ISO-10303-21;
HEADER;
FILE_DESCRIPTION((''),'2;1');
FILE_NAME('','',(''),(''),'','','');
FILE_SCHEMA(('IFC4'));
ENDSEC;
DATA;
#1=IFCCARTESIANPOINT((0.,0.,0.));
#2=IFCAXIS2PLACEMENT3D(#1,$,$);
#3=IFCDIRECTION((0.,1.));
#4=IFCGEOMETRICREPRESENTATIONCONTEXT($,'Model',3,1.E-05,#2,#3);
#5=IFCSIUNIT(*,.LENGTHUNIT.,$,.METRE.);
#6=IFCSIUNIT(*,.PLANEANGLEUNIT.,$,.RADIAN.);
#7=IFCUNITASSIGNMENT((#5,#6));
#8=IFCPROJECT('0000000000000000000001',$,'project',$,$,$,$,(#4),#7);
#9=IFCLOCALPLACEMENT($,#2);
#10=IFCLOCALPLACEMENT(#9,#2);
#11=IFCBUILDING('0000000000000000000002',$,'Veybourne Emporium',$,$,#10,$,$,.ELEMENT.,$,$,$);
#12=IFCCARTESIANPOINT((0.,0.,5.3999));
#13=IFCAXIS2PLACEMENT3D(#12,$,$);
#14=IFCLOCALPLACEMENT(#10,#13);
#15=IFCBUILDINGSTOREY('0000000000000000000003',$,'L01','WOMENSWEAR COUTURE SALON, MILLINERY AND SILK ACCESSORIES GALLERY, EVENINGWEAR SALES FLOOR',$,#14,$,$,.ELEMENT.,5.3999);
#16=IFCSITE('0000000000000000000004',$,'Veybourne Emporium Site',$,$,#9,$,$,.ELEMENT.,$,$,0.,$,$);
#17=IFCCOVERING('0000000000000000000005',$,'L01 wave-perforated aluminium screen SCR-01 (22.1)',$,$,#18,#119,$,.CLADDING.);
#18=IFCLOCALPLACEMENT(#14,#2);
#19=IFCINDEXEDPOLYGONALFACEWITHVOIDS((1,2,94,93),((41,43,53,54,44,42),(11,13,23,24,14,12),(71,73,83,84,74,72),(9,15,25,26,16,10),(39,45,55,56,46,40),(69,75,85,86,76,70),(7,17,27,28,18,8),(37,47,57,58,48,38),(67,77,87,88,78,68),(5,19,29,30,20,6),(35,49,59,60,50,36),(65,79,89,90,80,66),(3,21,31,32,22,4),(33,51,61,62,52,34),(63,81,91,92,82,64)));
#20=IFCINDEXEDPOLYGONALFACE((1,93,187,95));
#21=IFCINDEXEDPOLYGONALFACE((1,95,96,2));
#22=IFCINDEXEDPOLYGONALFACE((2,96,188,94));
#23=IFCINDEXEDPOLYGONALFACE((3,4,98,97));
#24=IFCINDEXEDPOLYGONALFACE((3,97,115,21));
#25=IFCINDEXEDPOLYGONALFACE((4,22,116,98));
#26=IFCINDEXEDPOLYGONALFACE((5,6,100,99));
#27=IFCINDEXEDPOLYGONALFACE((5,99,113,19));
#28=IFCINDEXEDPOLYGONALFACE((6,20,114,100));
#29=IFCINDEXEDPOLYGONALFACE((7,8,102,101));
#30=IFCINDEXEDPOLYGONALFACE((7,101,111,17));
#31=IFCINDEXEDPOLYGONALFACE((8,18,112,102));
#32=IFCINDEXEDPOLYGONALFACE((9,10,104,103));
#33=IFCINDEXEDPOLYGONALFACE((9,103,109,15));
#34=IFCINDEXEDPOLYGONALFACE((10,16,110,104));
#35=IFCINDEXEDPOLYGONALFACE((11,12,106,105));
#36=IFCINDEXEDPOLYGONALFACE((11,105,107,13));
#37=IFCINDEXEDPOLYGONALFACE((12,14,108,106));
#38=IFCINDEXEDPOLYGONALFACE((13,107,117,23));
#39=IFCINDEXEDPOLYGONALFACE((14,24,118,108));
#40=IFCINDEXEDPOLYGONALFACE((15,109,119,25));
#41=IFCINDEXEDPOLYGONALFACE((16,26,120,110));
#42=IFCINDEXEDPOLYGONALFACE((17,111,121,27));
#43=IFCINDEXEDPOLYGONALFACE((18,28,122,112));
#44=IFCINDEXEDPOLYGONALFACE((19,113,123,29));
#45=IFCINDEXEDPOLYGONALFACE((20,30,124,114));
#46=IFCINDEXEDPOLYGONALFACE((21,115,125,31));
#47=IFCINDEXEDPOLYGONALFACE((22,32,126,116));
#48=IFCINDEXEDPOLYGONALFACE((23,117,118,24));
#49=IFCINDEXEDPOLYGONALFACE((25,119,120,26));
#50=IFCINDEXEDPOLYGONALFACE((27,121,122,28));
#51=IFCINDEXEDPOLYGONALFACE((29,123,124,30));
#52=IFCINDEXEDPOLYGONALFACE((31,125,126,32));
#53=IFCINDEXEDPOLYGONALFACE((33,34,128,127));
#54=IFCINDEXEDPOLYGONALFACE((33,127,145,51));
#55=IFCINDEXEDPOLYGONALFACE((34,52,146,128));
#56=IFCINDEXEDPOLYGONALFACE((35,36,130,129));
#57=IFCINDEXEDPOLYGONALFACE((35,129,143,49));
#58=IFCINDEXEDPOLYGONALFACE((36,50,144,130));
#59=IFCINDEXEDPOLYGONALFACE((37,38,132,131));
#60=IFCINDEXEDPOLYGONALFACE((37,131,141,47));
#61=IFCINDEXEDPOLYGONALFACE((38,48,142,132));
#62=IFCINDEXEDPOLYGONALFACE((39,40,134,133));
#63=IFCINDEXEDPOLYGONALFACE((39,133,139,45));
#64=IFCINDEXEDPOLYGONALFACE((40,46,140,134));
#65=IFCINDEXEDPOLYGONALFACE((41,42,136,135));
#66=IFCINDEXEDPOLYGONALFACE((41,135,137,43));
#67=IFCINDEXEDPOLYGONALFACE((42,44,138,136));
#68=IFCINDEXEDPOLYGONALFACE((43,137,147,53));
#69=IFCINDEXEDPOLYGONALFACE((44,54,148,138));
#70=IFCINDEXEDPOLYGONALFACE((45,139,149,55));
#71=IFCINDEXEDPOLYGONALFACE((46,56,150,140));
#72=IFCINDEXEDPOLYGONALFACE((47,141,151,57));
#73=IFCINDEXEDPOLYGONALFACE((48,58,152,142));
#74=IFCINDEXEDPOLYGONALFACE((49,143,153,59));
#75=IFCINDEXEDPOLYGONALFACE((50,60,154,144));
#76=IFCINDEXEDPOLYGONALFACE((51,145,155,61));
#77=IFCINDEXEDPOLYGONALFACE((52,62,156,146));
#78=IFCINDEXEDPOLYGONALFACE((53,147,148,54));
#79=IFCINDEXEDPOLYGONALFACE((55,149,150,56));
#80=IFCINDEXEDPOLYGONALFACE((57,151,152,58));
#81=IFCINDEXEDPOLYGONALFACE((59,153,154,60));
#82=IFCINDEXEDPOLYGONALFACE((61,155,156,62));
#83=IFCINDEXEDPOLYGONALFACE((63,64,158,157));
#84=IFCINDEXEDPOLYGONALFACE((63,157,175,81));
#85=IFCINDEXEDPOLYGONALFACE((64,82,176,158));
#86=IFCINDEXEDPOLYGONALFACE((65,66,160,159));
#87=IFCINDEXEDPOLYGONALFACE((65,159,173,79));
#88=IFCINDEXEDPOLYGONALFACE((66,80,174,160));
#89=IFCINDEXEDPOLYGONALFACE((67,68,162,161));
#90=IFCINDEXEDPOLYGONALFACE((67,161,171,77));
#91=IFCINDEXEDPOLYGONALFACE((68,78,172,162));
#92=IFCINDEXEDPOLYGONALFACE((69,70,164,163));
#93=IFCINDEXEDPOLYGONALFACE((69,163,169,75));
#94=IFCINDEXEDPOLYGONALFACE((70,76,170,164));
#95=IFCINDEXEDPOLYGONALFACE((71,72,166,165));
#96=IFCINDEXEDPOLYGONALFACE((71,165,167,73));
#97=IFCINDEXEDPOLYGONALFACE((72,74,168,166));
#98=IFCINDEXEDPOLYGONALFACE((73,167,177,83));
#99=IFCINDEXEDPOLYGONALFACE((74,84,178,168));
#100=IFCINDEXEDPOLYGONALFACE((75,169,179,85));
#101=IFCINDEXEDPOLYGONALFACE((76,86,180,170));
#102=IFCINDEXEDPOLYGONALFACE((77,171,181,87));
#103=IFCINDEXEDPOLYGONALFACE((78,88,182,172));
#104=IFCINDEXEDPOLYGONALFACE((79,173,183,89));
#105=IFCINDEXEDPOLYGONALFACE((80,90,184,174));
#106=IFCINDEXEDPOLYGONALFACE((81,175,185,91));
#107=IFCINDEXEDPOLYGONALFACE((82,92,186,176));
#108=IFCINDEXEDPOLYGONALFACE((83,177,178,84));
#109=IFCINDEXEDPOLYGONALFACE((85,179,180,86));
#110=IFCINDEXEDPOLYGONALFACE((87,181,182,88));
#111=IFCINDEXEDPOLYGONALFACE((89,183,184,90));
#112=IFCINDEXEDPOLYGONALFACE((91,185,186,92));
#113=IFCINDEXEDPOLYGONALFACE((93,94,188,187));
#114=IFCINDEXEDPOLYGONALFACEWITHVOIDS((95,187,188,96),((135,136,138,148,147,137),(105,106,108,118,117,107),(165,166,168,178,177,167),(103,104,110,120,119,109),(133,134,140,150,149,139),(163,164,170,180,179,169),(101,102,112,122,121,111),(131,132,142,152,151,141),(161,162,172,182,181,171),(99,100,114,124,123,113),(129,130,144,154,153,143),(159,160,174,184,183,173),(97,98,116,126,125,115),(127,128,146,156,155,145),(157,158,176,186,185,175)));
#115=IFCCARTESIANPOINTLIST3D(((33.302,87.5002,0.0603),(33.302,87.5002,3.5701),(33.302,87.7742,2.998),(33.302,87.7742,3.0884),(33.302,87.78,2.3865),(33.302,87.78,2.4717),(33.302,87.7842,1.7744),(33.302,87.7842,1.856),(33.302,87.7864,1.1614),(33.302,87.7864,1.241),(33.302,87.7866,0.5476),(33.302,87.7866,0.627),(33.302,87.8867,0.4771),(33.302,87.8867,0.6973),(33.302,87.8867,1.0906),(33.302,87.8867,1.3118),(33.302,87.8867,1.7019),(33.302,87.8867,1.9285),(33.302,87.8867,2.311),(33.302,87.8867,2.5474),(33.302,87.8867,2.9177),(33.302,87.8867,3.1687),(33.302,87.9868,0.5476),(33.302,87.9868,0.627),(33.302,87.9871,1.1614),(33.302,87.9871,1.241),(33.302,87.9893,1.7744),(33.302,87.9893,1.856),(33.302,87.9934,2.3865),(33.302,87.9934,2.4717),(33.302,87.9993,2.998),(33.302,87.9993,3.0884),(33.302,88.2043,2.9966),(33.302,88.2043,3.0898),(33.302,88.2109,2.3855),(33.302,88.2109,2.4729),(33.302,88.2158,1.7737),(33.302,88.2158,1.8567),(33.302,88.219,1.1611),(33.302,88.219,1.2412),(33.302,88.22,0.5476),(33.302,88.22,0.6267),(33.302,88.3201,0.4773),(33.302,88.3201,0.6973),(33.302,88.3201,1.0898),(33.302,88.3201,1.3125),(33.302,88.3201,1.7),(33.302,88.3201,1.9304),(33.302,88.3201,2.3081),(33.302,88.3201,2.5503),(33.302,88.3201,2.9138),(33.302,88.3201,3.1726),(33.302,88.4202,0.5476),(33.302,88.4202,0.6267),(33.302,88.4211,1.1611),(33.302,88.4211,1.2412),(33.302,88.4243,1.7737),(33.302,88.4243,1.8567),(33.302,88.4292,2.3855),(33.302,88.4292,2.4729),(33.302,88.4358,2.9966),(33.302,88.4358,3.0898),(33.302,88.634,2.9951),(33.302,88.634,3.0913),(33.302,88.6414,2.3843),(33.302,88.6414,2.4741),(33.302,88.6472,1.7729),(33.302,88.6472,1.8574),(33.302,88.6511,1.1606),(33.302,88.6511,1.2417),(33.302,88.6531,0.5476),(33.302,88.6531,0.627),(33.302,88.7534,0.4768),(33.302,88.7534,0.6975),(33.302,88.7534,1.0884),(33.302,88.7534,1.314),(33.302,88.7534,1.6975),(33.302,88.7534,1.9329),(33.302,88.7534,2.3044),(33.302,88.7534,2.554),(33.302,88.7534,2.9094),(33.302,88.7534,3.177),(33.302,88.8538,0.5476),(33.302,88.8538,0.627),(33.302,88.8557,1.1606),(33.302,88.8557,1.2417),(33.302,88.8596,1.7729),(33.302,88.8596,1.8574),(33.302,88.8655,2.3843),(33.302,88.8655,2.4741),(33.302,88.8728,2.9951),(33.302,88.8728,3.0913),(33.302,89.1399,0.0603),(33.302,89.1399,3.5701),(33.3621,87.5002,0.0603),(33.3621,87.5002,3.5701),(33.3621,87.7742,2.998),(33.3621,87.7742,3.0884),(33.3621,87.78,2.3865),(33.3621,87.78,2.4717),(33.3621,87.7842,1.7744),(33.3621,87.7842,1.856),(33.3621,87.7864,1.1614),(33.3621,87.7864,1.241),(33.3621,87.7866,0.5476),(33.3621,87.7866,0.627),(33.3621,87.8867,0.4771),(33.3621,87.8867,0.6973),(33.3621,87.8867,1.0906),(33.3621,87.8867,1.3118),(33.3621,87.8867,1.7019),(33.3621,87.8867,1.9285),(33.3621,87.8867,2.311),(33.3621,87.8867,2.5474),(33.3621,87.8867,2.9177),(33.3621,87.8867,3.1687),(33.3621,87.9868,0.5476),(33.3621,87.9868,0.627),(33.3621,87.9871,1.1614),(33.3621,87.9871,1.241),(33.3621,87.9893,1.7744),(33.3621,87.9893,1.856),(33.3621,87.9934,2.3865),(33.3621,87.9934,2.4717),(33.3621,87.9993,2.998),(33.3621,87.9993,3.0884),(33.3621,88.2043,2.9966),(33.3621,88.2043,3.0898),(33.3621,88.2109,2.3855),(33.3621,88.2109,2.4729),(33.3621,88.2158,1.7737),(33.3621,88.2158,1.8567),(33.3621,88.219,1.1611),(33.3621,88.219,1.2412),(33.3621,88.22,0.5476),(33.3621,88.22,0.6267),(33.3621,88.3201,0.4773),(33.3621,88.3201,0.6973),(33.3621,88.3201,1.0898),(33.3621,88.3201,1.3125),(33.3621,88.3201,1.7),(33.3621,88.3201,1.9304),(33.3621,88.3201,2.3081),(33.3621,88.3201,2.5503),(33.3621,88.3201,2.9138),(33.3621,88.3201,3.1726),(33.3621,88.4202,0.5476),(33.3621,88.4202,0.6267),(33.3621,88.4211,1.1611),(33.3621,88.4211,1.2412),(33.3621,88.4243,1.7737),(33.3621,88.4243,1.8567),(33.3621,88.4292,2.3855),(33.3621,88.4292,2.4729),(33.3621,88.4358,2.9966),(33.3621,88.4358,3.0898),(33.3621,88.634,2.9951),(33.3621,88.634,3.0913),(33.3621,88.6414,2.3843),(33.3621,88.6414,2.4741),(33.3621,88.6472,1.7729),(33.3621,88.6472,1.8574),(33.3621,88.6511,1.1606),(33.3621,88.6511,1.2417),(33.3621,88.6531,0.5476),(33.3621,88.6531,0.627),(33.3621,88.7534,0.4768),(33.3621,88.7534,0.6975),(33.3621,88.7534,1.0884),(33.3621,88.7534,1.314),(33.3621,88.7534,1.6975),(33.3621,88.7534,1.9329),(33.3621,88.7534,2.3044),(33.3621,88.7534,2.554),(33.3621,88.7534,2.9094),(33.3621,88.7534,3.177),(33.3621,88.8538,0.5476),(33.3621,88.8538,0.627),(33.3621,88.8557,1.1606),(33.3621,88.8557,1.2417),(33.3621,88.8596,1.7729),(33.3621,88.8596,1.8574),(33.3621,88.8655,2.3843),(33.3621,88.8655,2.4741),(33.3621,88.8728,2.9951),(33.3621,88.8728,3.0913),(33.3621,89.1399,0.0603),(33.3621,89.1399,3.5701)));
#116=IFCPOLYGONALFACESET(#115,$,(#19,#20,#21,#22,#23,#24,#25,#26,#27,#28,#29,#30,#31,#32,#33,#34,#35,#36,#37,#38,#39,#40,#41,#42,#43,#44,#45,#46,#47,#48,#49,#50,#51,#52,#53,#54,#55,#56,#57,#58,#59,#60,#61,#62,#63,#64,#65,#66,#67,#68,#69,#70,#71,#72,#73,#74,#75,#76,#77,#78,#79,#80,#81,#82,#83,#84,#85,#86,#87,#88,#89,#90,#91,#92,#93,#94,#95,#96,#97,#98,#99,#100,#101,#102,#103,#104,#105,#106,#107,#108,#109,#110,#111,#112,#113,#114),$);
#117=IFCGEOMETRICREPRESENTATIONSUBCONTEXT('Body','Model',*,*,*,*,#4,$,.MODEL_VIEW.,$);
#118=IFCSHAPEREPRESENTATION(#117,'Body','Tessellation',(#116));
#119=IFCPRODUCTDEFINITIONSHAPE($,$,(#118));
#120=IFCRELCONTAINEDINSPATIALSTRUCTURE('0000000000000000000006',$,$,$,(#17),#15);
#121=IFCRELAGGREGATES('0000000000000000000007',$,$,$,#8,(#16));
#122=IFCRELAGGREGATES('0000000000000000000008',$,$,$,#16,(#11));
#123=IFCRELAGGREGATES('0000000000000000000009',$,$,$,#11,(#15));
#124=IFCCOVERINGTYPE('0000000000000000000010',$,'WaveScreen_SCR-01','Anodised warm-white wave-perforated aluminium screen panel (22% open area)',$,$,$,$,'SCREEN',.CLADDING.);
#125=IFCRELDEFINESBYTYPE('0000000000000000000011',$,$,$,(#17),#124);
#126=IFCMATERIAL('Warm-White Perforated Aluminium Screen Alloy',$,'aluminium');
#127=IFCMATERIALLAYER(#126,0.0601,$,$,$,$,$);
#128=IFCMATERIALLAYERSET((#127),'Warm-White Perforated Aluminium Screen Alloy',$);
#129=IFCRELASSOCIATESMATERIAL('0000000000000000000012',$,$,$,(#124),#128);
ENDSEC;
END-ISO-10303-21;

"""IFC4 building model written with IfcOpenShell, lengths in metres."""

from ifc_helpers import new_model, si_unit, direction, frame, origin, place, context, subcontext, project, spatial, polyline, outline, extrude, material, layer, layer_set, type_object, element, save


model = new_model("IFC4")

# Units and contexts
model_context = context("Model", 3, precision=1e-05, world=origin(), true_north=direction((0.0, 1.0)))
body_context = subcontext(model_context, "Body", "Model", "MODEL_VIEW")
ifc_project = project(units=[si_unit("LENGTHUNIT", "METRE"), si_unit("PLANEANGLEUNIT", "RADIAN")], contexts=[model_context])

# Site, building, storey
site_placement = place(None, origin())
site = spatial("IfcSite", under=ifc_project, at=site_placement, Name="Veybourne Emporium Site", CompositionType="ELEMENT", RefElevation=0.0)
building_placement = place(site_placement, origin())
building = spatial("IfcBuilding", under=site, at=building_placement, Name="Veybourne Emporium", CompositionType="ELEMENT")
storey_placement = place(building_placement, frame((0.0, 0.0, 5.3999)))
storey = spatial("IfcBuildingStorey", under=building, at=storey_placement, Name="L01", Description="WOMENSWEAR COUTURE SALON, MILLINERY AND SILK ACCESSORIES GALLERY, EVENINGWEAR SALES FLOOR", CompositionType="ELEMENT", Elevation=5.3999)

# Covering
ifc_material_1 = material(Name="Warm-White Perforated Aluminium Screen Alloy", Category="aluminium")
ifc_layer_1 = layer(ifc_material_1, 0.0601)
ifc_layer_set_1 = layer_set([ifc_layer_1], Name="Warm-White Perforated Aluminium Screen Alloy")
covering_type_1 = type_object("IfcCoveringType", Name="WaveScreen_SCR-01", Description="Anodised warm-white wave-perforated aluminium screen panel (22% open area)", ElementType="SCREEN", PredefinedType="CLADDING", material=ifc_layer_set_1)
covering_1_placement = place(storey_placement, frame((33.302, 88.3201, 1.8152), z_axis=(1.0, 0.0, 0.0), x_axis=(0.0, 1.0, 0.0)))
element("IfcCovering", 1, at=covering_1_placement, inside=storey, type_object=covering_type_1, Name="L01 wave-perforated aluminium screen SCR-01 (22.1)", PredefinedType="CLADDING", context=body_context, shape_type="SweptSolid", body=[
    extrude(outline(polyline([(-0.8198, -1.7549), (0.8198, -1.7549), (0.8198, 1.7549), (-0.8198, 1.7549), (-0.8198, -1.7549)]), holes=[polyline([(-0.4333, -1.1179), (-0.3333, -1.1882), (-0.3333, -1.2676), (-0.4333, -1.3381), (-0.5334, -1.2676), (-0.5334, -1.1882), (-0.4333, -1.1179)]), polyline([(-0.4333, -0.5034), (-0.333, -0.5742), (-0.333, -0.6538), (-0.4333, -0.7246), (-0.5337, -0.6538), (-0.5337, -0.5742), (-0.4333, -0.5034)]), polyline([(-0.4333, 0.1133), (-0.3308, 0.0408), (-0.3308, -0.0408), (-0.4333, -0.1133), (-0.5359, -0.0408), (-0.5359, 0.0408), (-0.4333, 0.1133)]), polyline([(-0.4333, 0.7322), (-0.3267, 0.6565), (-0.3267, 0.5713), (-0.4333, 0.4958), (-0.54, 0.5713), (-0.54, 0.6565), (-0.4333, 0.7322)]), polyline([(-0.4333, 1.3535), (-0.3208, 1.2732), (-0.3208, 1.1829), (-0.4333, 1.1025), (-0.5459, 1.1829), (-0.5459, 1.2732), (-0.4333, 1.3535)]), polyline([(0.0, -1.1179), (0.1001, -1.1885), (0.1001, -1.2676), (0.0, -1.3379), (-0.1001, -1.2676), (-0.1001, -1.1885), (0.0, -1.1179)]), polyline([(0.0, -0.5027), (0.1011, -0.574), (0.1011, -0.6541), (0.0, -0.7253), (-0.1011, -0.6541), (-0.1011, -0.574), (0.0, -0.5027)]), polyline([(0.0, 0.1152), (0.1042, 0.0415), (0.1042, -0.0415), (0.0, -0.1152), (-0.1042, -0.0415), (-0.1042, 0.0415), (0.0, 0.1152)]), polyline([(0.0, 0.7351), (0.1091, 0.6577), (0.1091, 0.5703), (0.0, 0.4929), (-0.1091, 0.5703), (-0.1091, 0.6577), (0.0, 0.7351)]), polyline([(0.0, 1.3574), (0.1157, 1.2747), (0.1157, 1.1814), (0.0, 1.0986), (-0.1157, 1.1814), (-0.1157, 1.2747), (0.0, 1.3574)]), polyline([(0.4333, -1.1177), (0.5337, -1.1882), (0.5337, -1.2676), (0.4333, -1.3384), (0.333, -1.2676), (0.333, -1.1882), (0.4333, -1.1177)]), polyline([(0.4333, -0.5012), (0.5356, -0.5735), (0.5356, -0.6545), (0.4333, -0.7268), (0.3311, -0.6545), (0.3311, -0.5735), (0.4333, -0.5012)]), polyline([(0.4333, 0.1177), (0.5396, 0.0422), (0.5396, -0.0422), (0.4333, -0.1177), (0.3271, -0.0422), (0.3271, 0.0422), (0.4333, 0.1177)]), polyline([(0.4333, 0.7388), (0.5454, 0.6589), (0.5454, 0.5691), (0.4333, 0.4893), (0.3213, 0.5691), (0.3213, 0.6589), (0.4333, 0.7388)]), polyline([(0.4333, 1.3618), (0.5527, 1.2761), (0.5527, 1.1799), (0.4333, 1.0942), (0.314, 1.1799), (0.314, 1.2761), (0.4333, 1.3618)])]), origin(), (0.0, 0.0, 1.0), 0.0601),
])

save(model, "model.ifc")
